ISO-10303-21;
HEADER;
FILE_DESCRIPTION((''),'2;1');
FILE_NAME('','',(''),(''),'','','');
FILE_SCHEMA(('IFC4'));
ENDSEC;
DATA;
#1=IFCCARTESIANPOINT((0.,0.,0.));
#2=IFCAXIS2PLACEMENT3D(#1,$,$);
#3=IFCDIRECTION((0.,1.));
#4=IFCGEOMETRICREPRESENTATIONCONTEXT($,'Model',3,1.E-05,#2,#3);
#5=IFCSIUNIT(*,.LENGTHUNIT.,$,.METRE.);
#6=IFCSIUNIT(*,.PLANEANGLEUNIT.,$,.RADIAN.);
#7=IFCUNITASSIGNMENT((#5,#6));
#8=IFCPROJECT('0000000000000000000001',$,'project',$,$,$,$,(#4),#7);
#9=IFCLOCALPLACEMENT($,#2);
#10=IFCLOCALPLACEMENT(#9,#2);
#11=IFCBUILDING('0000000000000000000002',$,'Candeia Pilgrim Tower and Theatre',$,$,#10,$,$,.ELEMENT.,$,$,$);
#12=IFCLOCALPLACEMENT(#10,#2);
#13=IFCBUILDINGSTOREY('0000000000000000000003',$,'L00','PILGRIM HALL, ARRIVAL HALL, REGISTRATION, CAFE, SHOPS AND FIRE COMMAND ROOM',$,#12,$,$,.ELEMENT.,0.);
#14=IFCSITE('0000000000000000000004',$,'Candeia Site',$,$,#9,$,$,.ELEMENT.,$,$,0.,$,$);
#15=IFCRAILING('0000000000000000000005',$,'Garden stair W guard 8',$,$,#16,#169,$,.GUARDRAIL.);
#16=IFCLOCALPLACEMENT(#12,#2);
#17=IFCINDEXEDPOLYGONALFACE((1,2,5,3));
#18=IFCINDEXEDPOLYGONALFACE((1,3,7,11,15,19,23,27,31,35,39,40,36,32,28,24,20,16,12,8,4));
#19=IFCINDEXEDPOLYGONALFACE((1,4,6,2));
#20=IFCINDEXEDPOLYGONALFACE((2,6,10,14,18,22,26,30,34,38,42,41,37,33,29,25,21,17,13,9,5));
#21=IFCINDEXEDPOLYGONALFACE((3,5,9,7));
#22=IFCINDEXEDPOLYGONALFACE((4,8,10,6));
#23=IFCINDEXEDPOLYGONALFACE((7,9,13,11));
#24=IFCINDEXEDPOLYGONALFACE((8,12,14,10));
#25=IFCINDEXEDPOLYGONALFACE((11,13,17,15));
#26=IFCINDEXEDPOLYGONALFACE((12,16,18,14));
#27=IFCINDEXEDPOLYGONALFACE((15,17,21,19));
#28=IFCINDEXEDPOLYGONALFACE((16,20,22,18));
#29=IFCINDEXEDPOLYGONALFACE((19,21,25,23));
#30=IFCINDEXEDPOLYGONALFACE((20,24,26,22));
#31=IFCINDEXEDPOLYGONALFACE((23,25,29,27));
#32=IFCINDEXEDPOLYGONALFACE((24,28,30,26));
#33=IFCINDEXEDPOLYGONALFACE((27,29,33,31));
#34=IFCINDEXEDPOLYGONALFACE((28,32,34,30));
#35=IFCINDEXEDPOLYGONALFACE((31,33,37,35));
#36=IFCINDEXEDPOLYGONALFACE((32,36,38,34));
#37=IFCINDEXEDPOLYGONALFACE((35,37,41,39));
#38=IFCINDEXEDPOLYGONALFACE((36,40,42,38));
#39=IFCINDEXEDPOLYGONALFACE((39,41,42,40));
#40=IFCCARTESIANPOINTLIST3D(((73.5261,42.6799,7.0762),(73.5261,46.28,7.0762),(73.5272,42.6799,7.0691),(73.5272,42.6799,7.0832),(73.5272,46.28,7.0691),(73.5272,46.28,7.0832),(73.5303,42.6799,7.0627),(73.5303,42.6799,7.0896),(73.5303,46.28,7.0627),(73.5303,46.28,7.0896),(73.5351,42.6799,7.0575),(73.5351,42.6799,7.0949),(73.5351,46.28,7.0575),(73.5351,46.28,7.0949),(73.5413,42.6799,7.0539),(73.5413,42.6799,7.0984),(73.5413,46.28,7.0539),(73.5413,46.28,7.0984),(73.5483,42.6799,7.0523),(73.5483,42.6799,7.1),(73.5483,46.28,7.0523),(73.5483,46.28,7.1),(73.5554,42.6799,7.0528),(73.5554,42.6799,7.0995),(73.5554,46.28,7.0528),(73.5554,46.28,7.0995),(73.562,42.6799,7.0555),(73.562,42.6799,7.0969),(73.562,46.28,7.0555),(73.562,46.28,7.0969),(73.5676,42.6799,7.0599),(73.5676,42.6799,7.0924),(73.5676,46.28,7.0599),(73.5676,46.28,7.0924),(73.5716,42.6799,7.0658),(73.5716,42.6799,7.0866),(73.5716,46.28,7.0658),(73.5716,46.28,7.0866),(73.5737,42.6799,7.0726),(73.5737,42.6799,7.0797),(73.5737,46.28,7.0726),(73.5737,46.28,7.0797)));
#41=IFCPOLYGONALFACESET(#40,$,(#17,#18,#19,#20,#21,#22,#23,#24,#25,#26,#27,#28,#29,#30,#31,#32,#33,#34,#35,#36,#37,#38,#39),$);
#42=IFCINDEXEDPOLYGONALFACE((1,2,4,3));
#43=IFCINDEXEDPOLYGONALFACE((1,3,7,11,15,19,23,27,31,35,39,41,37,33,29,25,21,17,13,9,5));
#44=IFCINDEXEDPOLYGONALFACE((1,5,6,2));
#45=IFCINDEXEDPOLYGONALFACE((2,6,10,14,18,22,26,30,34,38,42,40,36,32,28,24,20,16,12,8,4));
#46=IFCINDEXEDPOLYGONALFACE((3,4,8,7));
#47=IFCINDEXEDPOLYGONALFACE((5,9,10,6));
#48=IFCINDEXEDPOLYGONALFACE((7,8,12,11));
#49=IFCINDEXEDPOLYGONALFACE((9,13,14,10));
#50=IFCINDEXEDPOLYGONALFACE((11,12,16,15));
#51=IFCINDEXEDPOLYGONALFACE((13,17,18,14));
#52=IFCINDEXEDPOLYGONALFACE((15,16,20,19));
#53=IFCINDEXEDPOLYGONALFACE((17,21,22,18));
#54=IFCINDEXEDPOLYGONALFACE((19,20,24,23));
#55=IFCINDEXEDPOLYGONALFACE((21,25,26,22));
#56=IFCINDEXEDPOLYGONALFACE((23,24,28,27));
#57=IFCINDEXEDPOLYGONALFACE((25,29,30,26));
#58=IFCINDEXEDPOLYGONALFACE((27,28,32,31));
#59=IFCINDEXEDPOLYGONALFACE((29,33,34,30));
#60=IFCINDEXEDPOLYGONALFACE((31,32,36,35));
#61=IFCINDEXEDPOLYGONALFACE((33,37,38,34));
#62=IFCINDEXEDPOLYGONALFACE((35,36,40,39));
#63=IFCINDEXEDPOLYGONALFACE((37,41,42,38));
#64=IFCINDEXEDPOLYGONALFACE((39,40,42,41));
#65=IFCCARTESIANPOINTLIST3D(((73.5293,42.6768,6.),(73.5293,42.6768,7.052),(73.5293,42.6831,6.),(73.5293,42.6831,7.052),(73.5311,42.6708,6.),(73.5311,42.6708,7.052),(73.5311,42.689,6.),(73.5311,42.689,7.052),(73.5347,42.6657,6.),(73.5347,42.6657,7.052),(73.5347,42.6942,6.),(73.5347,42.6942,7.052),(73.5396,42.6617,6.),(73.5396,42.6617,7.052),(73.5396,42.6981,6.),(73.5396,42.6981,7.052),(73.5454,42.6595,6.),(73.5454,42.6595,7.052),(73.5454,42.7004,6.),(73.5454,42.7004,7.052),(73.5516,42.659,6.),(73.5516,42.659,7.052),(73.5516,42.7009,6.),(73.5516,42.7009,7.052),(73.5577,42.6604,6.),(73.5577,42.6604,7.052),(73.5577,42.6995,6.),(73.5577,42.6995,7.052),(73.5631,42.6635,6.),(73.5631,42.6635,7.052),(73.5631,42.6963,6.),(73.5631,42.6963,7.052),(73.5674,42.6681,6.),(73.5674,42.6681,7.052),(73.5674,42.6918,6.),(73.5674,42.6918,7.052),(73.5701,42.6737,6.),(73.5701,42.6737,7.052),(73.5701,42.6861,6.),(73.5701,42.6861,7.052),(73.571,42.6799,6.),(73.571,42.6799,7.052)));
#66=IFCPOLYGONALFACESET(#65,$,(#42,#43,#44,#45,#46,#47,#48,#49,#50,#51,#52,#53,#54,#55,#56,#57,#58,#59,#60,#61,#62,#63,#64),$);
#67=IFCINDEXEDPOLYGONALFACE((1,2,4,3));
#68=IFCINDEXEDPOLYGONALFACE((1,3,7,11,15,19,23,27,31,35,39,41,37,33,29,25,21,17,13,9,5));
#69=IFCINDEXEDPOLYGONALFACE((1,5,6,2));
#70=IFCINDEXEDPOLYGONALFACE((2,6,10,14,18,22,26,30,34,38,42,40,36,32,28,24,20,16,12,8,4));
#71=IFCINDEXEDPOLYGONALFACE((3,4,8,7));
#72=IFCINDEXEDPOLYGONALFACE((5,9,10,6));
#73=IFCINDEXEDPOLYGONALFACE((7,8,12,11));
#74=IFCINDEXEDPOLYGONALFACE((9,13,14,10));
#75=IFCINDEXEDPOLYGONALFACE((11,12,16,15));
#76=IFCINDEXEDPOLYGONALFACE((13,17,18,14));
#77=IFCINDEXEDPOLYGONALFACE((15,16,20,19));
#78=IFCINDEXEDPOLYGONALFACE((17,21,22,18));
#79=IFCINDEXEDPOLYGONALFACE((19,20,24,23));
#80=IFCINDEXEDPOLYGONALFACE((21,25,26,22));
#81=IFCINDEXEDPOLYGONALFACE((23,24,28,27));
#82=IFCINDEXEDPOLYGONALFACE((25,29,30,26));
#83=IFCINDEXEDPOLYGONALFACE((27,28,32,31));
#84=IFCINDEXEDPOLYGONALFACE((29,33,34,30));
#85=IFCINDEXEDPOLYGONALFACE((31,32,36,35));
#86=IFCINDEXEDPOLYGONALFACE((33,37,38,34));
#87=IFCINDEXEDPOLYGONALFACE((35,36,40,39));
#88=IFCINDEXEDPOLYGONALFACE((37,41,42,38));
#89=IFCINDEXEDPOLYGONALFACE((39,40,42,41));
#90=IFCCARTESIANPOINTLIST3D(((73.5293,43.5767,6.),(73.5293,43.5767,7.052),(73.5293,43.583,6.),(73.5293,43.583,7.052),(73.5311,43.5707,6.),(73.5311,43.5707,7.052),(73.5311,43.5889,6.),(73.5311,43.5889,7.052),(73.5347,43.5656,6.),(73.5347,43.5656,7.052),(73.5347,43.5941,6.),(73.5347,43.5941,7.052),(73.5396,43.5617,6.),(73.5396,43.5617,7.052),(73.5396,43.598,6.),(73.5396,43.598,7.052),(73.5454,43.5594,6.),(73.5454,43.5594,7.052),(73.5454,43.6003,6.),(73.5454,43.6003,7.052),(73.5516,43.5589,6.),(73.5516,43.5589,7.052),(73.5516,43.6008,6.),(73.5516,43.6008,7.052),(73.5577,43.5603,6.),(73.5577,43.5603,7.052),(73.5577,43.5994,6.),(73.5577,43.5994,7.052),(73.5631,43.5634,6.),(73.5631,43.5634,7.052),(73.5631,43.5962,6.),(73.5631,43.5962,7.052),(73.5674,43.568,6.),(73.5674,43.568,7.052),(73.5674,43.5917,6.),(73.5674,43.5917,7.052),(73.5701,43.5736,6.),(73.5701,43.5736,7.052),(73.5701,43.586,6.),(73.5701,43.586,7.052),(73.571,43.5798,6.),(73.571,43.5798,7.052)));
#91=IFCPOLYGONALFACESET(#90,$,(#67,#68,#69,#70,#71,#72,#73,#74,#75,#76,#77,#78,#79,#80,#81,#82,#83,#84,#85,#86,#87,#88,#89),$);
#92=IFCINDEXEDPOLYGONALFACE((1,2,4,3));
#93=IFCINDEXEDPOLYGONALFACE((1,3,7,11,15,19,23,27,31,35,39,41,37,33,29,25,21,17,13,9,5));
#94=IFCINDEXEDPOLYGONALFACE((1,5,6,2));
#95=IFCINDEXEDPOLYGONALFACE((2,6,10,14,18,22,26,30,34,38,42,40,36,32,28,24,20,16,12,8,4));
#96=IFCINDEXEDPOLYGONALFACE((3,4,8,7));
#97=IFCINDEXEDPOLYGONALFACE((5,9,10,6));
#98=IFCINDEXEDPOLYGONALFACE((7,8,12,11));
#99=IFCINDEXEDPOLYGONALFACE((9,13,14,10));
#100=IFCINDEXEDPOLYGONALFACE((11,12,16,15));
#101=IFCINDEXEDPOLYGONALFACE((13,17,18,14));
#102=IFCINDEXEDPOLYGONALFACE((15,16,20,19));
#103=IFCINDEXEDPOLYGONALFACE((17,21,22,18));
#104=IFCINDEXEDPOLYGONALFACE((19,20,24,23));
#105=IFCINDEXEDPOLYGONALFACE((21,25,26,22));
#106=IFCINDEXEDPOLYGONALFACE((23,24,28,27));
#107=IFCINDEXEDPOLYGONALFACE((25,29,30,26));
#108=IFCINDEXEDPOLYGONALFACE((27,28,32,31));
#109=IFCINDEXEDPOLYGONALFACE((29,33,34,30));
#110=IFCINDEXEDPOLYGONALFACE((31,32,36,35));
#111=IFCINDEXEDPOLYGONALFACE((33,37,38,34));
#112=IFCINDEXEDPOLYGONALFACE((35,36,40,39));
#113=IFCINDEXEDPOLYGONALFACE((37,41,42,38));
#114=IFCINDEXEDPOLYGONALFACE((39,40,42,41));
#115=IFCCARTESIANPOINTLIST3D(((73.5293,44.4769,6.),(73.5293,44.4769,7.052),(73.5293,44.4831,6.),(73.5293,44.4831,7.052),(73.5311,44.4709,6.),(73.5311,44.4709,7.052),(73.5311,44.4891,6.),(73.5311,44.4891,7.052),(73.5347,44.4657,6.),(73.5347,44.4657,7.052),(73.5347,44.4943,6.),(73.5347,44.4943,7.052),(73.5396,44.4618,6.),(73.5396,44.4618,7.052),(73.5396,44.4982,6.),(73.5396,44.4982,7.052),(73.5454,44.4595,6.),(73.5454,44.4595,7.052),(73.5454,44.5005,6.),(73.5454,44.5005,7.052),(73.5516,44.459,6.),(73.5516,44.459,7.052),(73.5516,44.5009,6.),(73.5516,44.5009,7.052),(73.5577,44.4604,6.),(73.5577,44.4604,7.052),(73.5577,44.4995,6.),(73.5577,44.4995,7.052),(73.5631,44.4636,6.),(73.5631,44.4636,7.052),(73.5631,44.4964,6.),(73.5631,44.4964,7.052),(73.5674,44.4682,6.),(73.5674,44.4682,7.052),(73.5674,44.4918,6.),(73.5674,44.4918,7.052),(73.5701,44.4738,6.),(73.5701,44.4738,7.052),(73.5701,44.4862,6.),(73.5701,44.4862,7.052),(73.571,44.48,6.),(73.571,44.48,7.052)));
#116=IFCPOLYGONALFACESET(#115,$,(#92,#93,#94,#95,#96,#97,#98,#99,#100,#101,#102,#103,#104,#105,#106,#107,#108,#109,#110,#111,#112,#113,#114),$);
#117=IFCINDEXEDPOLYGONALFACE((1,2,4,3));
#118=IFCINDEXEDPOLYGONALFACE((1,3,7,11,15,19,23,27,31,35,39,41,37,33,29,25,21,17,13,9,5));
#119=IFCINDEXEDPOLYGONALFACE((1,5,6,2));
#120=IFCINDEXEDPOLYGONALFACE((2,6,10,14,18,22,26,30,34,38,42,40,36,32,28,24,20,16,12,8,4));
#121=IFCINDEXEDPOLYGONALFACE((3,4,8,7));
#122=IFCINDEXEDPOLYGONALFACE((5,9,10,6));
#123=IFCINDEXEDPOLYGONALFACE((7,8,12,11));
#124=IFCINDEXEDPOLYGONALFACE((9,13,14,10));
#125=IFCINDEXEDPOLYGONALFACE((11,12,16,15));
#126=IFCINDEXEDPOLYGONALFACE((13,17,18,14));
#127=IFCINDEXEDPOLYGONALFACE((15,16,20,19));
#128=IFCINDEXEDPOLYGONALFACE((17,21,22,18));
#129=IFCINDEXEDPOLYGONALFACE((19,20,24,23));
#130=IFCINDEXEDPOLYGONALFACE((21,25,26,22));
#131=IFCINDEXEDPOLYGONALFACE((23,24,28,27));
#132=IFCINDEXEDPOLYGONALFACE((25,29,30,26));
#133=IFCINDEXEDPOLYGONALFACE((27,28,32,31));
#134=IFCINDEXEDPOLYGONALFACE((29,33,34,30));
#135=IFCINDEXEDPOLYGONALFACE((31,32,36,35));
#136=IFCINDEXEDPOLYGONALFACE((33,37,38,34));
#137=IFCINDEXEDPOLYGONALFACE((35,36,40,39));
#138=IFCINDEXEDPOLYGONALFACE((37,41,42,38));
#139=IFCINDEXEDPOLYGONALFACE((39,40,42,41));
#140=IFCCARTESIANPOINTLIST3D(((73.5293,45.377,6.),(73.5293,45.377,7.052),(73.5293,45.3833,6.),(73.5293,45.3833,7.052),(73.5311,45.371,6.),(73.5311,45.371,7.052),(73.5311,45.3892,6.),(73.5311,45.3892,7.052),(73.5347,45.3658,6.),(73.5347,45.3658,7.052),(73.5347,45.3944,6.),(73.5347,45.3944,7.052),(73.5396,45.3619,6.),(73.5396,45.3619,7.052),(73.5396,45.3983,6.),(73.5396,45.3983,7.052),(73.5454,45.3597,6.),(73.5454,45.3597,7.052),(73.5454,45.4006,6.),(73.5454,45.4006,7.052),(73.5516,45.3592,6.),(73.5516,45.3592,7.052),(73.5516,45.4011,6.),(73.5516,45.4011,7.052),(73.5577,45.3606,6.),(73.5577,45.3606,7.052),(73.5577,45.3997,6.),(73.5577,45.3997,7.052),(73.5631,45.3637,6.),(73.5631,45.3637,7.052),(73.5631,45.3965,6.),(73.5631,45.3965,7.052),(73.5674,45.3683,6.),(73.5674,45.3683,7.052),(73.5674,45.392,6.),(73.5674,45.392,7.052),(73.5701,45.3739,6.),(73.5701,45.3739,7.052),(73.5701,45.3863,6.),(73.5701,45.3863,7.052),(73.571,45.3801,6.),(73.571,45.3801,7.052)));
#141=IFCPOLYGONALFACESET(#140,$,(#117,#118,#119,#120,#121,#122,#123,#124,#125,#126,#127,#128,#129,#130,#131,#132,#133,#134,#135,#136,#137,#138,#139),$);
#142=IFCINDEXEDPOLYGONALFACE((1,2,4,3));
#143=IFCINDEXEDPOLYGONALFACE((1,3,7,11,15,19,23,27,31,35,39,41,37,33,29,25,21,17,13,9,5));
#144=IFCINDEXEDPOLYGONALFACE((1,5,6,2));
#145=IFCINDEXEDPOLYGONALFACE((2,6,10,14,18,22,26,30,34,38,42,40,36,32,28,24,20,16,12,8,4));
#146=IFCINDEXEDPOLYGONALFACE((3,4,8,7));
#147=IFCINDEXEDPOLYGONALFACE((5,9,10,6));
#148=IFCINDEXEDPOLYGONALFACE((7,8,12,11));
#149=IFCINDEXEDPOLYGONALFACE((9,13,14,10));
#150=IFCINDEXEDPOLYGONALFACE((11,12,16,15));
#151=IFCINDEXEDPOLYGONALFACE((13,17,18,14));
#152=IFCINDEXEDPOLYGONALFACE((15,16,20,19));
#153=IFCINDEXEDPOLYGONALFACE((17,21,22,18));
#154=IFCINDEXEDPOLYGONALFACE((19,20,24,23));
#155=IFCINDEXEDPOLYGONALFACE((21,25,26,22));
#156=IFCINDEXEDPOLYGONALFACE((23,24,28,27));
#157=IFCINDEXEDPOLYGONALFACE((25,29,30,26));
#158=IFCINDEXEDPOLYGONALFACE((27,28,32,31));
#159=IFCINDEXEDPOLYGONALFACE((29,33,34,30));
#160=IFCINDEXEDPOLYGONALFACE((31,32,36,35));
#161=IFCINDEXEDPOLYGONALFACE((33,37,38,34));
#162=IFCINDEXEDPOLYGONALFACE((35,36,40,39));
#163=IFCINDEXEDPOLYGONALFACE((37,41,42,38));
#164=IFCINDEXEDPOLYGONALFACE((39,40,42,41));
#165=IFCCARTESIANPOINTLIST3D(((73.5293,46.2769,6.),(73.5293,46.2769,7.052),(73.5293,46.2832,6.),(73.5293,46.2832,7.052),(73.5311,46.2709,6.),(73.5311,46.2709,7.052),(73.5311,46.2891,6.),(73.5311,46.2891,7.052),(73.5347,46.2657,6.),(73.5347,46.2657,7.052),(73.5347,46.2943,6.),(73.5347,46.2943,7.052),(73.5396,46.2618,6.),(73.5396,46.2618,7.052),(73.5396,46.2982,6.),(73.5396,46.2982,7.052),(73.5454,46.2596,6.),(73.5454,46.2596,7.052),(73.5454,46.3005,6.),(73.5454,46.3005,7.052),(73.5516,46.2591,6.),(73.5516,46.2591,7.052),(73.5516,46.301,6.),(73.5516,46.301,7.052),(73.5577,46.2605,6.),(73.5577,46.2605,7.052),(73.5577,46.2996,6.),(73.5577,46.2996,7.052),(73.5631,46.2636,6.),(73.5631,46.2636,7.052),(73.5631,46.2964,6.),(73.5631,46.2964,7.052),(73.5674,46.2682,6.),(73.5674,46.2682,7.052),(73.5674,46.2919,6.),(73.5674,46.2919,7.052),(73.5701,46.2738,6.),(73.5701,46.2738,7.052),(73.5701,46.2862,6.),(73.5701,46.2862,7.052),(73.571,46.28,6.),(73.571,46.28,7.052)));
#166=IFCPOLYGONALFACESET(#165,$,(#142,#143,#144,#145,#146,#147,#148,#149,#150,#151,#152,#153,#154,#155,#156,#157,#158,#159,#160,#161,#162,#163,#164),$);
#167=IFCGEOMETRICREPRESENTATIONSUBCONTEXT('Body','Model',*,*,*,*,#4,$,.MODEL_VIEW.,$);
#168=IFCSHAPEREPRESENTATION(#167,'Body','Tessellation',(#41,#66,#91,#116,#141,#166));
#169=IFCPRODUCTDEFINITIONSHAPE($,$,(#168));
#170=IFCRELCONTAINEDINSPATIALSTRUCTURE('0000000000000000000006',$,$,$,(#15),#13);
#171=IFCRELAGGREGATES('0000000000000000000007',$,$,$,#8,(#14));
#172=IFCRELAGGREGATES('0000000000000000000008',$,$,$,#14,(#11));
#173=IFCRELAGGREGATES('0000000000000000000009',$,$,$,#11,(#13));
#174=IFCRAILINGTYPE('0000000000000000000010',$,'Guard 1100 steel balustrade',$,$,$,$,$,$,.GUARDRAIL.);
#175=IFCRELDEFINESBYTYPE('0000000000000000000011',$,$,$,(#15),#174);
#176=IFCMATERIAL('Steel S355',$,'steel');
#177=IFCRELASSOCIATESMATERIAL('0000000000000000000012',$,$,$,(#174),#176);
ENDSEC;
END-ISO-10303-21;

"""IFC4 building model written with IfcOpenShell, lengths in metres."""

from ifc_helpers import new_model, si_unit, direction, frame, origin, origin_2d, place, context, subcontext, project, spatial, circle, extrude, material, type_object, element, save


model = new_model("IFC4")

# Units and contexts
model_context = context("Model", 3, precision=1e-05, world=origin(), true_north=direction((0.0, 1.0)))
body_context = subcontext(model_context, "Body", "Model", "MODEL_VIEW")
ifc_project = project(units=[si_unit("LENGTHUNIT", "METRE"), si_unit("PLANEANGLEUNIT", "RADIAN")], contexts=[model_context])

# Site, building, storey
site_placement = place(None, origin())
site = spatial("IfcSite", under=ifc_project, at=site_placement, Name="Candeia Site", CompositionType="ELEMENT", RefElevation=0.0)
building_placement = place(site_placement, origin())
building = spatial("IfcBuilding", under=site, at=building_placement, Name="Candeia Pilgrim Tower and Theatre", CompositionType="ELEMENT")
storey_placement = place(building_placement, origin())
storey = spatial("IfcBuildingStorey", under=building, at=storey_placement, Name="L00", Description="PILGRIM HALL, ARRIVAL HALL, REGISTRATION, CAFE, SHOPS AND FIRE COMMAND ROOM", CompositionType="ELEMENT", Elevation=0.0)

# Railing
ifc_material_1 = material(Name="Steel S355", Category="steel")
railing_type_1 = type_object("IfcRailingType", Name="Guard 1100 steel balustrade", PredefinedType="GUARDRAIL", material=ifc_material_1)
railing_1_placement = place(storey_placement, frame((73.55, 42.6799, 6.0)))
element("IfcRailing", 1, at=railing_1_placement, inside=storey, type_object=railing_type_1, Name="Garden stair W guard 8", PredefinedType="GUARDRAIL", context=body_context, shape_type="SweptSolid", body=[
    extrude(circle(Radius=0.0239, at=origin_2d()), frame((0.0, 0.0, 1.0762), z_axis=(0.0, 1.0, 0.0), x_axis=(-1.0, 0.0, 0.0)), (0.0, 0.0, 1.0), 3.6001),
    extrude(circle(Radius=0.021, at=origin_2d()), origin(), (0.0, 0.0, 1.0), 1.052),
    extrude(circle(Radius=0.021, at=origin_2d()), frame((0.0, 0.8999, 0.0)), (0.0, 0.0, 1.0), 1.052),
    extrude(circle(Radius=0.021, at=origin_2d()), frame((0.0, 1.8, 0.0)), (0.0, 0.0, 1.0), 1.052),
    extrude(circle(Radius=0.021, at=origin_2d()), frame((0.0, 2.7002, 0.0)), (0.0, 0.0, 1.0), 1.052),
    extrude(circle(Radius=0.021, at=origin_2d()), frame((0.0, 3.6001, 0.0)), (0.0, 0.0, 1.0), 1.052),
])

save(model, "model.ifc")
